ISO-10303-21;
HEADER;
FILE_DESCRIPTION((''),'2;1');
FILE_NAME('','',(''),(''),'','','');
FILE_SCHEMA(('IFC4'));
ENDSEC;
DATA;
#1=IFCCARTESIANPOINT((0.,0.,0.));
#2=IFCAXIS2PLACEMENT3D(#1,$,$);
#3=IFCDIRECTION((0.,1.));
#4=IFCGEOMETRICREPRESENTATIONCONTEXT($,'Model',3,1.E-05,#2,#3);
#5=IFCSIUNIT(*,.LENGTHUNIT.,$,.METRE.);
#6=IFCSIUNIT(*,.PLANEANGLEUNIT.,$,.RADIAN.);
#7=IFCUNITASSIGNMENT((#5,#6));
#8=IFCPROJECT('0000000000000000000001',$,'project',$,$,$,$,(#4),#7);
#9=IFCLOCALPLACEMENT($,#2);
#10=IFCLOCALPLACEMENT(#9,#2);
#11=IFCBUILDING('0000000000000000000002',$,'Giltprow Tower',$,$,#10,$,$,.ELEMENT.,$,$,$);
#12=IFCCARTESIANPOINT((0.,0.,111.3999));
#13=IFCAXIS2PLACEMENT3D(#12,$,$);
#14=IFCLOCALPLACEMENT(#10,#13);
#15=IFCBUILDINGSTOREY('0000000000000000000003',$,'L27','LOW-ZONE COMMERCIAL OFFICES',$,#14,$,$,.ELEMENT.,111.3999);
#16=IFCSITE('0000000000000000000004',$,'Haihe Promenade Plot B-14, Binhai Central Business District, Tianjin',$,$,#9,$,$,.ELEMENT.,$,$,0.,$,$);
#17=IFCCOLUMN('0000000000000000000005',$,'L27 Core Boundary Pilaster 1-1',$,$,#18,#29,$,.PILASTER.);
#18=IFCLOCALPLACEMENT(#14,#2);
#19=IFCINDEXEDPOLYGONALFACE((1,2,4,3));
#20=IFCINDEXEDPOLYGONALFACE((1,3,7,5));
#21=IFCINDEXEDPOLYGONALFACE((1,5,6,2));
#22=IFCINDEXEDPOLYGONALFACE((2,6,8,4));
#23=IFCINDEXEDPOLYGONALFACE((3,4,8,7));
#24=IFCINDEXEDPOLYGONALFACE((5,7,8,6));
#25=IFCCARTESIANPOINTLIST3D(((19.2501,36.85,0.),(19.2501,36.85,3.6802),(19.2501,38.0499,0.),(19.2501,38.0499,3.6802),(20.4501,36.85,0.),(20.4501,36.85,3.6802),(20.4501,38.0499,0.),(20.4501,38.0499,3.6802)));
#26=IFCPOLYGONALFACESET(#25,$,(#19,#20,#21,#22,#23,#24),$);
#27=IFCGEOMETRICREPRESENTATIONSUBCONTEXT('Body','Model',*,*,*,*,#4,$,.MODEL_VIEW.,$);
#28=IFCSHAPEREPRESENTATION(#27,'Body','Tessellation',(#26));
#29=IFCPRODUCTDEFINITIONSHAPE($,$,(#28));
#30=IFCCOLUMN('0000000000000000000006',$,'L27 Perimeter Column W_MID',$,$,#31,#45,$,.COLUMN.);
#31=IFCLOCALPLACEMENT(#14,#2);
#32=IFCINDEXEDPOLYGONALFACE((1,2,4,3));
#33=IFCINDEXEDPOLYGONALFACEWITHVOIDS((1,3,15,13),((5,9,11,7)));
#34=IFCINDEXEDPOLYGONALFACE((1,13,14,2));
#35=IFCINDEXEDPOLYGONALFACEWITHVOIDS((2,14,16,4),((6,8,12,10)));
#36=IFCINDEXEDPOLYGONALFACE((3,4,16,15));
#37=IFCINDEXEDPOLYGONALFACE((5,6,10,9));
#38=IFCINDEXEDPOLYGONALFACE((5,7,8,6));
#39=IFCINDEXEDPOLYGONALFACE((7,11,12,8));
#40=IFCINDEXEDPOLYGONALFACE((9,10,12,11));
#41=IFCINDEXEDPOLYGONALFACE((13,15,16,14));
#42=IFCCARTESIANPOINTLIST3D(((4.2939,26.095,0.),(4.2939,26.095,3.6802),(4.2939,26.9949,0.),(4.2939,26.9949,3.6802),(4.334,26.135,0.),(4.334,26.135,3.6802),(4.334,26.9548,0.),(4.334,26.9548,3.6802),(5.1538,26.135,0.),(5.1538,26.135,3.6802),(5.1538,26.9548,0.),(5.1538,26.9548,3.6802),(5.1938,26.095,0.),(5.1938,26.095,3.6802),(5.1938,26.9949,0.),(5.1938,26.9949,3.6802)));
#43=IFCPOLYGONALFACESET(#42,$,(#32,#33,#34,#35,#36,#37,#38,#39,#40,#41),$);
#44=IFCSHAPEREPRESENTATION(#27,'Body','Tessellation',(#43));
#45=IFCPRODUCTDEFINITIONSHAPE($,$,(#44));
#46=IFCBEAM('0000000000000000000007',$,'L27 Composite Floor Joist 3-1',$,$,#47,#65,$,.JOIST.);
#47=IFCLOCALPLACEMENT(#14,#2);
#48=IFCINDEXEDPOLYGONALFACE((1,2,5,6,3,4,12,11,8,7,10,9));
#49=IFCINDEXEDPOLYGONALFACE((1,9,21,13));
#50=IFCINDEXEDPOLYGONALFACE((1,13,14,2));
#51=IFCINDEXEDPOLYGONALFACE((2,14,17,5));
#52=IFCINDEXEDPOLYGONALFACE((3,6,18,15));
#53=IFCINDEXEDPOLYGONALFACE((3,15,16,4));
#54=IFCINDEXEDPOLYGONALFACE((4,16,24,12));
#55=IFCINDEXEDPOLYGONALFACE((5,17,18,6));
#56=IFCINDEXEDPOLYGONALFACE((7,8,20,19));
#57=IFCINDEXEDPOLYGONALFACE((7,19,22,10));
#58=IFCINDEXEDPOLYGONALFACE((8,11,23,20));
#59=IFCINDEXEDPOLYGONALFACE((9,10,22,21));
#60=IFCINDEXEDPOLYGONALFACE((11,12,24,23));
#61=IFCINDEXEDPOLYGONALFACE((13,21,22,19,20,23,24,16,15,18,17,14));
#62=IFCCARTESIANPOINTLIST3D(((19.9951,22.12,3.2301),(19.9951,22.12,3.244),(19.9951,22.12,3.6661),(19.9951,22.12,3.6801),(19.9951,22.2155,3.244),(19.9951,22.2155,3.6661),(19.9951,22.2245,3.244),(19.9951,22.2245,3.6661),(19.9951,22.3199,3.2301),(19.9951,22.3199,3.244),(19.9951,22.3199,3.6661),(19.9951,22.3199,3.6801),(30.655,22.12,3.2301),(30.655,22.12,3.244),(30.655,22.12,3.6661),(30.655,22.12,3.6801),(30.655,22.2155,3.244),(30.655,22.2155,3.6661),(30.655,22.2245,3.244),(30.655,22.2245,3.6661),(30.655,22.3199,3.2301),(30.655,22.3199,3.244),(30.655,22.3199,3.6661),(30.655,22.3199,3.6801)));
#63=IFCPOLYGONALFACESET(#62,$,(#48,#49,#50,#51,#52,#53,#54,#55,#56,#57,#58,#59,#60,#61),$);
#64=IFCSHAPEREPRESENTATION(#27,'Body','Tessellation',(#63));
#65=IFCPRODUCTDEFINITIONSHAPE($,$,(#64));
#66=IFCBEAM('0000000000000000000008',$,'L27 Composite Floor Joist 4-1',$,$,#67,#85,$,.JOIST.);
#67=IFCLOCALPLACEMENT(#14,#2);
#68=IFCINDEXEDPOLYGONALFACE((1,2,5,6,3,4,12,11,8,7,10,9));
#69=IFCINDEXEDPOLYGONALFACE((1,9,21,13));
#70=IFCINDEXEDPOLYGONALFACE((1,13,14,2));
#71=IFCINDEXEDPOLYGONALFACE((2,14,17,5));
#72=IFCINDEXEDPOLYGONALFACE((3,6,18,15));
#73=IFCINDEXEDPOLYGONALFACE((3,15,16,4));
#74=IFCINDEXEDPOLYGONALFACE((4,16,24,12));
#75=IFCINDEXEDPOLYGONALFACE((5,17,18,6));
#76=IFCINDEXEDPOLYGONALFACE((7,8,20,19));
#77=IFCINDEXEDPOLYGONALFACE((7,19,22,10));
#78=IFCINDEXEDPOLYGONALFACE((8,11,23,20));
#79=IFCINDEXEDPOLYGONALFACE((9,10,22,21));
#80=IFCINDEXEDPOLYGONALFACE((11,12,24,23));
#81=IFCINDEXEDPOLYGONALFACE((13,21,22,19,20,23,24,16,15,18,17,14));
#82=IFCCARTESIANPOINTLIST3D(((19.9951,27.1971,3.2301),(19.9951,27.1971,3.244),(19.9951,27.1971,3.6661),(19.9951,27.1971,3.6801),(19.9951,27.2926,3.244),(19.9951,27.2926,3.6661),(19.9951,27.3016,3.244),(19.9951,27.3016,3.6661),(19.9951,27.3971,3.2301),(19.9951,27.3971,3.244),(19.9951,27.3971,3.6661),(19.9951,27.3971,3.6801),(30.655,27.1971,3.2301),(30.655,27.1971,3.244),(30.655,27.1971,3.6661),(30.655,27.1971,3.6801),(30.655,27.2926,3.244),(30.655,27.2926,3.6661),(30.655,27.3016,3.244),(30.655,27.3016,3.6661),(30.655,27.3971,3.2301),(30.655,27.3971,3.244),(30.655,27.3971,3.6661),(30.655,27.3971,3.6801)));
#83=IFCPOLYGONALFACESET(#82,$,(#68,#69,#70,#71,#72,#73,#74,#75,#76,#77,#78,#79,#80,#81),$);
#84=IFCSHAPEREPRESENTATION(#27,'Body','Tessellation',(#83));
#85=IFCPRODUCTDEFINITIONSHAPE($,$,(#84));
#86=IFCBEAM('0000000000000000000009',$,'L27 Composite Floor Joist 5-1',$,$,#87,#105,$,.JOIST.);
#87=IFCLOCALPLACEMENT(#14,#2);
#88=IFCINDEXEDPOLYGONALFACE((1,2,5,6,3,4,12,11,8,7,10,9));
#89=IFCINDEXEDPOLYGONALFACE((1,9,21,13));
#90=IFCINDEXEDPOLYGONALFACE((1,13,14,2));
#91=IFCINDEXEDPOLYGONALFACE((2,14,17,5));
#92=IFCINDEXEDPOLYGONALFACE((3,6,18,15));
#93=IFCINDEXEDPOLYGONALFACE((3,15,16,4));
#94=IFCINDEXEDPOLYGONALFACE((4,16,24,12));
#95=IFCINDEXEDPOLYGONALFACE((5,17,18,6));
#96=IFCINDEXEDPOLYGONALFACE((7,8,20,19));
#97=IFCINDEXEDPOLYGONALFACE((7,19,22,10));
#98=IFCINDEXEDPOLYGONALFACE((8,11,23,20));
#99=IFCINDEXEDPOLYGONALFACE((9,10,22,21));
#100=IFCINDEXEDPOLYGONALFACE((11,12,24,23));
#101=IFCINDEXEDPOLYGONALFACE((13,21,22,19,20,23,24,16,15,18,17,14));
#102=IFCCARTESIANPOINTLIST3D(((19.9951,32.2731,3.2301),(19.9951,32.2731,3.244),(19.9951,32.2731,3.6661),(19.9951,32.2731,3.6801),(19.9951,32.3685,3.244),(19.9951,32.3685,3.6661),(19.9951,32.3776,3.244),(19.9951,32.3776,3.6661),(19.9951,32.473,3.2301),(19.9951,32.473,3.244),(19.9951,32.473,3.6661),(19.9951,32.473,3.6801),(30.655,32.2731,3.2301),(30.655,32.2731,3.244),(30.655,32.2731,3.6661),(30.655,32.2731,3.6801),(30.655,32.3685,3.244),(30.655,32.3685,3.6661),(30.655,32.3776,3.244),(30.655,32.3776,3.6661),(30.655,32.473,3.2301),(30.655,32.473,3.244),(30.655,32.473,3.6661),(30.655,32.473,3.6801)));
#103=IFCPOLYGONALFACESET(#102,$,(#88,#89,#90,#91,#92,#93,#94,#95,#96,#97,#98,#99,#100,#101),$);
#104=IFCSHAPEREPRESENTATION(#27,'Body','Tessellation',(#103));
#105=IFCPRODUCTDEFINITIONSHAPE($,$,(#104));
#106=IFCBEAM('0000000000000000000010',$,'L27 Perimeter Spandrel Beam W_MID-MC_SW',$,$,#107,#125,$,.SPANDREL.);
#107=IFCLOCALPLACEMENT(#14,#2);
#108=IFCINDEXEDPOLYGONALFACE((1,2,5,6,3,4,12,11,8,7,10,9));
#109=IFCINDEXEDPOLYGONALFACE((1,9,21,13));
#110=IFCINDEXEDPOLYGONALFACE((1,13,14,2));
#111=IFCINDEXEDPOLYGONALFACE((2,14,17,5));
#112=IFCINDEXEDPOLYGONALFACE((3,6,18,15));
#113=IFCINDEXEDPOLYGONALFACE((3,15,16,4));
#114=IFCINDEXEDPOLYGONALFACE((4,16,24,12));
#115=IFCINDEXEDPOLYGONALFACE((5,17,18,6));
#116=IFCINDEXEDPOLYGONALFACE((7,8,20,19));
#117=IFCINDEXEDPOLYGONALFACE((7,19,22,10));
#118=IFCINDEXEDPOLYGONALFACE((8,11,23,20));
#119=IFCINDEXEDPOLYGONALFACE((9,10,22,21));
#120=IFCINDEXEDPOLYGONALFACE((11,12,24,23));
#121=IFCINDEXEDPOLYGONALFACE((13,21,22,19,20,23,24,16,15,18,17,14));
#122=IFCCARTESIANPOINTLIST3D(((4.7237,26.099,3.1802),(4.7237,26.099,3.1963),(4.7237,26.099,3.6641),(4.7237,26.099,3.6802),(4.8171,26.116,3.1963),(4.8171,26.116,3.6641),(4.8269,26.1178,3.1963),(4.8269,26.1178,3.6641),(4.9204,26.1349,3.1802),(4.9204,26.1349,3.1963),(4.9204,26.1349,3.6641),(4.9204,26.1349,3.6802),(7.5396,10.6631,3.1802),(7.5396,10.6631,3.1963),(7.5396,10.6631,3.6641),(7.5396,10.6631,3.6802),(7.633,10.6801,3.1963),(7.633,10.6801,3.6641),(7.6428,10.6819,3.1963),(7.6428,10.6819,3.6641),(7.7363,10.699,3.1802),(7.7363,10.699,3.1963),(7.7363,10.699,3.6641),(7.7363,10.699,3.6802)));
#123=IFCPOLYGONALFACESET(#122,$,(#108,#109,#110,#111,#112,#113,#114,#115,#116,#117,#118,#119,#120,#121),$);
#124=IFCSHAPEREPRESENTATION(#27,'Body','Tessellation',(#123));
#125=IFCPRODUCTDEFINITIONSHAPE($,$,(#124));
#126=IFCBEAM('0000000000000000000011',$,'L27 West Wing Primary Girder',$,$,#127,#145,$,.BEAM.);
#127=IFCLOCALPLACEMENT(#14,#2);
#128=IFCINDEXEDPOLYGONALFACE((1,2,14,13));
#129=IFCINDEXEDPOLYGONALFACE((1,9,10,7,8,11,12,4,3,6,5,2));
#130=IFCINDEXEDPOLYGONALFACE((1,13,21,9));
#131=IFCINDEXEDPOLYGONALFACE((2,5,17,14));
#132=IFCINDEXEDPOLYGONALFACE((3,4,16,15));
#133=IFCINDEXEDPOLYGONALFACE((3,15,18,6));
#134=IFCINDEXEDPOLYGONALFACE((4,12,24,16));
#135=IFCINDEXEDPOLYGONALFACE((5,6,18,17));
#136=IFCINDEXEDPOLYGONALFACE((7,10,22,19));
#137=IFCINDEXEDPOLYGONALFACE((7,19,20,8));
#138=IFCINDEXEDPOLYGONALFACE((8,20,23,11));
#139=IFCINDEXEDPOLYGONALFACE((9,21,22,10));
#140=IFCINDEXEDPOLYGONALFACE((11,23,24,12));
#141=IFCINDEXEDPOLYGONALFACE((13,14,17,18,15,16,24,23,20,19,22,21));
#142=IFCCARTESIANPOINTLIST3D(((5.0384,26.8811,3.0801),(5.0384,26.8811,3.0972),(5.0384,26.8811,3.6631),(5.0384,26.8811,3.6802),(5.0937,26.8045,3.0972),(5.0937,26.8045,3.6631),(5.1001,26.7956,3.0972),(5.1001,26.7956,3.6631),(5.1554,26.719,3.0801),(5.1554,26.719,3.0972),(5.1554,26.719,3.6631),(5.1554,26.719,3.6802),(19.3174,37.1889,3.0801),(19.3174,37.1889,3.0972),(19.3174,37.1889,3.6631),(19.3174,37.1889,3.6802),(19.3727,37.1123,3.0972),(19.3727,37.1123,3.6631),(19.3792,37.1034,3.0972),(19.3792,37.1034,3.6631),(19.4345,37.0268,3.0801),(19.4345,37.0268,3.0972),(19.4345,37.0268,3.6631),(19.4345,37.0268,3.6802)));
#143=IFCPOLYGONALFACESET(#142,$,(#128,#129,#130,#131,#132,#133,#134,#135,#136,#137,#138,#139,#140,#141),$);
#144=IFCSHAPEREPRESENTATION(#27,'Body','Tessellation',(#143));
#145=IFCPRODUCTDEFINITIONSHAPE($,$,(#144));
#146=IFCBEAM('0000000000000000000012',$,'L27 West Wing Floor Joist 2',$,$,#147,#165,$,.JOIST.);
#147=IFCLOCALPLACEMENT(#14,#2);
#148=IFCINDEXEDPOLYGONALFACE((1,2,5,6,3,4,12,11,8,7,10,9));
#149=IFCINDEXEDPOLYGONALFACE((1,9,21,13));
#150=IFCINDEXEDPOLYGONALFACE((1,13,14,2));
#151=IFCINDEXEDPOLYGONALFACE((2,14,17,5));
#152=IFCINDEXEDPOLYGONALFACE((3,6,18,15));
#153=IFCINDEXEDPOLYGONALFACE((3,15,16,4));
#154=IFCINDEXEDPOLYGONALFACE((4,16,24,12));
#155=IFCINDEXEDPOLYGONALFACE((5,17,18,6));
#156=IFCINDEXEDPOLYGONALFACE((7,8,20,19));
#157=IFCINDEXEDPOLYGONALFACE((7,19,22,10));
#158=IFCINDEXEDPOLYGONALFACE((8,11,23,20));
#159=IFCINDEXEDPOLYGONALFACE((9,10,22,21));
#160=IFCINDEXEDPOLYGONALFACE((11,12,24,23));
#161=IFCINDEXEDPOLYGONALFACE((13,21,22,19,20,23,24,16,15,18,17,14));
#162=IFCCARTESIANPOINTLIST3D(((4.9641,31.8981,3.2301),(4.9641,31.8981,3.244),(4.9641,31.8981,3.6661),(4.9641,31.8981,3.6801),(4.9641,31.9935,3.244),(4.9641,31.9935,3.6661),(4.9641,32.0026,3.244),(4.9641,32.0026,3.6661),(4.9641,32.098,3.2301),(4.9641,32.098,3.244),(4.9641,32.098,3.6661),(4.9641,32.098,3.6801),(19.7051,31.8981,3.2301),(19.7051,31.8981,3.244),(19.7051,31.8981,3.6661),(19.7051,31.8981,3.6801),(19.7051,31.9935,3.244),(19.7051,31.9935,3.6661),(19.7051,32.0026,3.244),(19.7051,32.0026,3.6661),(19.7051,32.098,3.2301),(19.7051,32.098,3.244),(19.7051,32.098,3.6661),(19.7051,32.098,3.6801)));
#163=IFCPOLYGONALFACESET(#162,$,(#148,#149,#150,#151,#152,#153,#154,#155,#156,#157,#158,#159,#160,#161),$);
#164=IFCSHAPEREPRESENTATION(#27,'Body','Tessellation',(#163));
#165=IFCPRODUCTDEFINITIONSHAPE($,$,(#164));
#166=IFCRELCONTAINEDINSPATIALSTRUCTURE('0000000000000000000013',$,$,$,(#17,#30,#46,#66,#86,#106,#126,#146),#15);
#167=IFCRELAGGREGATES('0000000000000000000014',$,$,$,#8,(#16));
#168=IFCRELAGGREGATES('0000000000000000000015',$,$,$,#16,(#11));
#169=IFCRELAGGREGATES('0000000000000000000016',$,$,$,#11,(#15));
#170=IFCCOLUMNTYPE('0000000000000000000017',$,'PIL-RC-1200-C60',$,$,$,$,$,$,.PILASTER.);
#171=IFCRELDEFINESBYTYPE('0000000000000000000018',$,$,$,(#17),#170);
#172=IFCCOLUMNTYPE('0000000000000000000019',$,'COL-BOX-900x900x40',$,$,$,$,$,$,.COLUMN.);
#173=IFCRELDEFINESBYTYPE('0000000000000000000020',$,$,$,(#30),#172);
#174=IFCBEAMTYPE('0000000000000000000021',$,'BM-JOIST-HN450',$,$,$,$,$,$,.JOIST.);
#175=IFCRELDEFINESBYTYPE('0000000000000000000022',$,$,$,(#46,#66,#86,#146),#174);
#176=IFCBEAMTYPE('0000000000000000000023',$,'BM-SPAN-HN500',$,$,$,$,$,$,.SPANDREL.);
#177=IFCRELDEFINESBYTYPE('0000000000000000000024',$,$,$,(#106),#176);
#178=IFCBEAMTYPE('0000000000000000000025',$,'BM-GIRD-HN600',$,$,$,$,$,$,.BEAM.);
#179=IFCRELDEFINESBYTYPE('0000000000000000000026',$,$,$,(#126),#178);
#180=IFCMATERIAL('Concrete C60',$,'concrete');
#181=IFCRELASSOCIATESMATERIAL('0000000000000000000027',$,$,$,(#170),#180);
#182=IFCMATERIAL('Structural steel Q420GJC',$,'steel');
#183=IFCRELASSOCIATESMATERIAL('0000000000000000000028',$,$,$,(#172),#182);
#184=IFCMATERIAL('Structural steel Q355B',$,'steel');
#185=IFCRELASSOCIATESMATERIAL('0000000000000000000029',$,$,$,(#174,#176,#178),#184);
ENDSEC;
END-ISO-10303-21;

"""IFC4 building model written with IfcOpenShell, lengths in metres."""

from ifc_helpers import new_model, si_unit, direction, frame, origin, origin_2d, place, context, subcontext, project, spatial, rectangle, hollow_rectangle, i_section, extrude, source, transform, mapped, material, material_profile, profile_set, type_object, element, save


model = new_model("IFC4")

# Units and contexts
model_context = context("Model", 3, precision=1e-05, world=origin(), true_north=direction((0.0, 1.0)))
body_context = subcontext(model_context, "Body", "Model", "MODEL_VIEW")
ifc_project = project(units=[si_unit("LENGTHUNIT", "METRE"), si_unit("PLANEANGLEUNIT", "RADIAN")], contexts=[model_context])

# Site, building, storey
site_placement = place(None, origin())
site = spatial("IfcSite", under=ifc_project, at=site_placement, Name="Haihe Promenade Plot B-14, Binhai Central Business District, Tianjin", CompositionType="ELEMENT", RefElevation=0.0)
building_placement = place(site_placement, origin())
building = spatial("IfcBuilding", under=site, at=building_placement, Name="Giltprow Tower", CompositionType="ELEMENT")
storey_placement = place(building_placement, frame((0.0, 0.0, 111.3999)))
storey = spatial("IfcBuildingStorey", under=building, at=storey_placement, Name="L27", Description="LOW-ZONE COMMERCIAL OFFICES", CompositionType="ELEMENT", Elevation=111.3999)

# Columns
ifc_material_1 = material(Name="Concrete C60", Category="concrete")
ifc_material_profile_1 = material_profile(ifc_material_1, rectangle(XDim=1.2, YDim=1.2, at=origin_2d()), Name="RC 1200x1200")
ifc_profile_set_1 = profile_set([ifc_material_profile_1], Name="Concrete C60")
column_type_1 = type_object("IfcColumnType", Name="PIL-RC-1200-C60", PredefinedType="PILASTER", material=ifc_profile_set_1)
shared_shape_1 = source(origin(), body_context, "Body", "SweptSolid", [
    extrude(rectangle(XDim=1.2, YDim=1.2, at=origin_2d()), origin(), (0.0, 0.0, 1.0), 3.6802),
])
column_1_placement = place(storey_placement, frame((19.8501, 37.45, 0.0), z_axis=(0.0, 0.0, 1.0), x_axis=(1.0, 0.0, 0.0)))
element("IfcColumn", 1, at=column_1_placement, inside=storey, type_object=column_type_1, Name="L27 Core Boundary Pilaster 1-1", PredefinedType="PILASTER", context=body_context, shape_type="MappedRepresentation", body=[
    mapped(shared_shape_1, transform((0.0, 0.0, 0.0), x_axis=(1.0, 0.0, 0.0), y_axis=(0.0, 1.0, 0.0), z_axis=(0.0, 0.0, 1.0), scale=1.0)),
])
ifc_material_2 = material(Name="Structural steel Q420GJC", Category="steel")
ifc_material_profile_2 = material_profile(ifc_material_2, hollow_rectangle(XDim=0.8999, YDim=0.8999, WallThickness=0.04, at=origin_2d()), Name="BOX 900x900x40")
ifc_profile_set_2 = profile_set([ifc_material_profile_2], Name="Structural steel Q420GJC")
column_type_2 = type_object("IfcColumnType", Name="COL-BOX-900x900x40", PredefinedType="COLUMN", material=ifc_profile_set_2)
shared_shape_2 = source(origin(), body_context, "Body", "SweptSolid", [
    extrude(hollow_rectangle(XDim=0.8999, YDim=0.8999, WallThickness=0.04, at=origin_2d()), origin(), (0.0, 0.0, 1.0), 3.6802),
])
column_2_placement = place(storey_placement, frame((4.7439, 26.5449, 0.0), z_axis=(0.0, 0.0, 1.0), x_axis=(1.0, 0.0, 0.0)))
element("IfcColumn", 2, at=column_2_placement, inside=storey, type_object=column_type_2, Name="L27 Perimeter Column W_MID", PredefinedType="COLUMN", context=body_context, shape_type="MappedRepresentation", body=[
    mapped(shared_shape_2, transform((0.0, 0.0, 0.0), x_axis=(1.0, 0.0, 0.0), y_axis=(0.0, 1.0, 0.0), z_axis=(0.0, 0.0, 1.0), scale=1.0)),
])

# Beams
ifc_material_3 = material(Name="Structural steel Q355B", Category="steel")
ifc_material_profile_3 = material_profile(ifc_material_3, i_section(OverallWidth=0.2, OverallDepth=0.45, WebThickness=0.009, FlangeThickness=0.0139, at=origin_2d()), Name="HN 450x200x9x14")
ifc_profile_set_3 = profile_set([ifc_material_profile_3], Name="Structural steel Q355B")
beam_type_1 = type_object("IfcBeamType", Name="BM-JOIST-HN450", PredefinedType="JOIST", material=ifc_profile_set_3)
shared_shape_3 = source(origin(), body_context, "Body", "SweptSolid", [
    extrude(i_section(OverallWidth=0.2, OverallDepth=0.45, WebThickness=0.009, FlangeThickness=0.0139, at=origin_2d()), origin(), (0.0, 0.0, 1.0), 10.6599),
])
for number, where, z_axis, x_axis, name in (
    (3, (19.9951, 22.22, 3.4551), (1.0, 0.0, 0.0), (0.0, 1.0, 0.0), "L27 Composite Floor Joist 3-1"),
    (4, (19.9951, 27.2971, 3.4551), (1.0, 0.0, 0.0), (0.0, 1.0, 0.0), "L27 Composite Floor Joist 4-1"),
    (5, (19.9951, 32.373, 3.4551), (1.0, 0.0, 0.0), (0.0, 1.0, 0.0), "L27 Composite Floor Joist 5-1"),
):
    element("IfcBeam", number, at=place(storey_placement, frame(where, z_axis=z_axis, x_axis=x_axis)), inside=storey, type_object=beam_type_1, Name=name, PredefinedType="JOIST", context=body_context, shape_type="MappedRepresentation", body=[
        mapped(shared_shape_3, transform((0.0, 0.0, 0.0), x_axis=(1.0, 0.0, 0.0), y_axis=(0.0, 1.0, 0.0), z_axis=(0.0, 0.0, 1.0), scale=1.0)),
    ])
ifc_material_profile_4 = material_profile(ifc_material_3, i_section(OverallWidth=0.2, OverallDepth=0.5, WebThickness=0.01, FlangeThickness=0.0161, at=origin_2d()), Name="HN 500x200x10x16")
ifc_profile_set_4 = profile_set([ifc_material_profile_4], Name="Structural steel Q355B")
beam_type_2 = type_object("IfcBeamType", Name="BM-SPAN-HN500", PredefinedType="SPANDREL", material=ifc_profile_set_4)
shared_shape_4 = source(origin(), body_context, "Body", "SweptSolid", [
    extrude(i_section(OverallWidth=0.2, OverallDepth=0.5, WebThickness=0.01, FlangeThickness=0.0161, at=origin_2d()), origin(), (0.0, 0.0, 1.0), 15.6907),
])
beam_1_placement = place(storey_placement, frame((4.822, 26.1169, 3.4302), z_axis=(0.179463, -0.983765, 0.0), x_axis=(0.983765, 0.179463, 0.0)))
element("IfcBeam", 6, at=beam_1_placement, inside=storey, type_object=beam_type_2, Name="L27 Perimeter Spandrel Beam W_MID-MC_SW", PredefinedType="SPANDREL", context=body_context, shape_type="MappedRepresentation", body=[
    mapped(shared_shape_4, transform((0.0, 0.0, 0.0), x_axis=(1.0, 0.0, 0.0), y_axis=(0.0, 1.0, 0.0), z_axis=(0.0, 0.0, 1.0), scale=1.0)),
])
ifc_material_profile_5 = material_profile(ifc_material_3, i_section(OverallWidth=0.2, OverallDepth=0.6001, WebThickness=0.011, FlangeThickness=0.0171, at=origin_2d()), Name="HN 600x200x11x17")
ifc_profile_set_5 = profile_set([ifc_material_profile_5], Name="Structural steel Q355B")
beam_type_3 = type_object("IfcBeamType", Name="BM-GIRD-HN600", PredefinedType="BEAM", material=ifc_profile_set_5)
shared_shape_5 = source(origin(), body_context, "Body", "SweptSolid", [
    extrude(i_section(OverallWidth=0.2, OverallDepth=0.6001, WebThickness=0.011, FlangeThickness=0.0171, at=origin_2d()), origin(), (0.0, 0.0, 1.0), 17.6108),
])
beam_2_placement = place(storey_placement, frame((5.0969, 26.8, 3.3801), z_axis=(0.810808, 0.585312, 0.0), x_axis=(-0.585312, 0.810808, 0.0)))
element("IfcBeam", 7, at=beam_2_placement, inside=storey, type_object=beam_type_3, Name="L27 West Wing Primary Girder", PredefinedType="BEAM", context=body_context, shape_type="MappedRepresentation", body=[
    mapped(shared_shape_5, transform((0.0, 0.0, 0.0), x_axis=(1.0, 0.0, 0.0), y_axis=(0.0, 1.0, 0.0), z_axis=(0.0, 0.0, 1.0), scale=1.0)),
])
shared_shape_6 = source(origin(), body_context, "Body", "SweptSolid", [
    extrude(i_section(OverallWidth=0.2, OverallDepth=0.45, WebThickness=0.009, FlangeThickness=0.0139, at=origin_2d()), origin(), (0.0, 0.0, 1.0), 14.741),
])
beam_3_placement = place(storey_placement, frame((4.9641, 31.998, 3.4551), z_axis=(1.0, 0.0, 0.0), x_axis=(0.0, 1.0, 0.0)))
element("IfcBeam", 8, at=beam_3_placement, inside=storey, type_object=beam_type_1, Name="L27 West Wing Floor Joist 2", PredefinedType="JOIST", context=body_context, shape_type="MappedRepresentation", body=[
    mapped(shared_shape_6, transform((0.0, 0.0, 0.0), x_axis=(1.0, 0.0, 0.0), y_axis=(0.0, 1.0, 0.0), z_axis=(0.0, 0.0, 1.0), scale=1.0)),
])

save(model, "model.ifc")
